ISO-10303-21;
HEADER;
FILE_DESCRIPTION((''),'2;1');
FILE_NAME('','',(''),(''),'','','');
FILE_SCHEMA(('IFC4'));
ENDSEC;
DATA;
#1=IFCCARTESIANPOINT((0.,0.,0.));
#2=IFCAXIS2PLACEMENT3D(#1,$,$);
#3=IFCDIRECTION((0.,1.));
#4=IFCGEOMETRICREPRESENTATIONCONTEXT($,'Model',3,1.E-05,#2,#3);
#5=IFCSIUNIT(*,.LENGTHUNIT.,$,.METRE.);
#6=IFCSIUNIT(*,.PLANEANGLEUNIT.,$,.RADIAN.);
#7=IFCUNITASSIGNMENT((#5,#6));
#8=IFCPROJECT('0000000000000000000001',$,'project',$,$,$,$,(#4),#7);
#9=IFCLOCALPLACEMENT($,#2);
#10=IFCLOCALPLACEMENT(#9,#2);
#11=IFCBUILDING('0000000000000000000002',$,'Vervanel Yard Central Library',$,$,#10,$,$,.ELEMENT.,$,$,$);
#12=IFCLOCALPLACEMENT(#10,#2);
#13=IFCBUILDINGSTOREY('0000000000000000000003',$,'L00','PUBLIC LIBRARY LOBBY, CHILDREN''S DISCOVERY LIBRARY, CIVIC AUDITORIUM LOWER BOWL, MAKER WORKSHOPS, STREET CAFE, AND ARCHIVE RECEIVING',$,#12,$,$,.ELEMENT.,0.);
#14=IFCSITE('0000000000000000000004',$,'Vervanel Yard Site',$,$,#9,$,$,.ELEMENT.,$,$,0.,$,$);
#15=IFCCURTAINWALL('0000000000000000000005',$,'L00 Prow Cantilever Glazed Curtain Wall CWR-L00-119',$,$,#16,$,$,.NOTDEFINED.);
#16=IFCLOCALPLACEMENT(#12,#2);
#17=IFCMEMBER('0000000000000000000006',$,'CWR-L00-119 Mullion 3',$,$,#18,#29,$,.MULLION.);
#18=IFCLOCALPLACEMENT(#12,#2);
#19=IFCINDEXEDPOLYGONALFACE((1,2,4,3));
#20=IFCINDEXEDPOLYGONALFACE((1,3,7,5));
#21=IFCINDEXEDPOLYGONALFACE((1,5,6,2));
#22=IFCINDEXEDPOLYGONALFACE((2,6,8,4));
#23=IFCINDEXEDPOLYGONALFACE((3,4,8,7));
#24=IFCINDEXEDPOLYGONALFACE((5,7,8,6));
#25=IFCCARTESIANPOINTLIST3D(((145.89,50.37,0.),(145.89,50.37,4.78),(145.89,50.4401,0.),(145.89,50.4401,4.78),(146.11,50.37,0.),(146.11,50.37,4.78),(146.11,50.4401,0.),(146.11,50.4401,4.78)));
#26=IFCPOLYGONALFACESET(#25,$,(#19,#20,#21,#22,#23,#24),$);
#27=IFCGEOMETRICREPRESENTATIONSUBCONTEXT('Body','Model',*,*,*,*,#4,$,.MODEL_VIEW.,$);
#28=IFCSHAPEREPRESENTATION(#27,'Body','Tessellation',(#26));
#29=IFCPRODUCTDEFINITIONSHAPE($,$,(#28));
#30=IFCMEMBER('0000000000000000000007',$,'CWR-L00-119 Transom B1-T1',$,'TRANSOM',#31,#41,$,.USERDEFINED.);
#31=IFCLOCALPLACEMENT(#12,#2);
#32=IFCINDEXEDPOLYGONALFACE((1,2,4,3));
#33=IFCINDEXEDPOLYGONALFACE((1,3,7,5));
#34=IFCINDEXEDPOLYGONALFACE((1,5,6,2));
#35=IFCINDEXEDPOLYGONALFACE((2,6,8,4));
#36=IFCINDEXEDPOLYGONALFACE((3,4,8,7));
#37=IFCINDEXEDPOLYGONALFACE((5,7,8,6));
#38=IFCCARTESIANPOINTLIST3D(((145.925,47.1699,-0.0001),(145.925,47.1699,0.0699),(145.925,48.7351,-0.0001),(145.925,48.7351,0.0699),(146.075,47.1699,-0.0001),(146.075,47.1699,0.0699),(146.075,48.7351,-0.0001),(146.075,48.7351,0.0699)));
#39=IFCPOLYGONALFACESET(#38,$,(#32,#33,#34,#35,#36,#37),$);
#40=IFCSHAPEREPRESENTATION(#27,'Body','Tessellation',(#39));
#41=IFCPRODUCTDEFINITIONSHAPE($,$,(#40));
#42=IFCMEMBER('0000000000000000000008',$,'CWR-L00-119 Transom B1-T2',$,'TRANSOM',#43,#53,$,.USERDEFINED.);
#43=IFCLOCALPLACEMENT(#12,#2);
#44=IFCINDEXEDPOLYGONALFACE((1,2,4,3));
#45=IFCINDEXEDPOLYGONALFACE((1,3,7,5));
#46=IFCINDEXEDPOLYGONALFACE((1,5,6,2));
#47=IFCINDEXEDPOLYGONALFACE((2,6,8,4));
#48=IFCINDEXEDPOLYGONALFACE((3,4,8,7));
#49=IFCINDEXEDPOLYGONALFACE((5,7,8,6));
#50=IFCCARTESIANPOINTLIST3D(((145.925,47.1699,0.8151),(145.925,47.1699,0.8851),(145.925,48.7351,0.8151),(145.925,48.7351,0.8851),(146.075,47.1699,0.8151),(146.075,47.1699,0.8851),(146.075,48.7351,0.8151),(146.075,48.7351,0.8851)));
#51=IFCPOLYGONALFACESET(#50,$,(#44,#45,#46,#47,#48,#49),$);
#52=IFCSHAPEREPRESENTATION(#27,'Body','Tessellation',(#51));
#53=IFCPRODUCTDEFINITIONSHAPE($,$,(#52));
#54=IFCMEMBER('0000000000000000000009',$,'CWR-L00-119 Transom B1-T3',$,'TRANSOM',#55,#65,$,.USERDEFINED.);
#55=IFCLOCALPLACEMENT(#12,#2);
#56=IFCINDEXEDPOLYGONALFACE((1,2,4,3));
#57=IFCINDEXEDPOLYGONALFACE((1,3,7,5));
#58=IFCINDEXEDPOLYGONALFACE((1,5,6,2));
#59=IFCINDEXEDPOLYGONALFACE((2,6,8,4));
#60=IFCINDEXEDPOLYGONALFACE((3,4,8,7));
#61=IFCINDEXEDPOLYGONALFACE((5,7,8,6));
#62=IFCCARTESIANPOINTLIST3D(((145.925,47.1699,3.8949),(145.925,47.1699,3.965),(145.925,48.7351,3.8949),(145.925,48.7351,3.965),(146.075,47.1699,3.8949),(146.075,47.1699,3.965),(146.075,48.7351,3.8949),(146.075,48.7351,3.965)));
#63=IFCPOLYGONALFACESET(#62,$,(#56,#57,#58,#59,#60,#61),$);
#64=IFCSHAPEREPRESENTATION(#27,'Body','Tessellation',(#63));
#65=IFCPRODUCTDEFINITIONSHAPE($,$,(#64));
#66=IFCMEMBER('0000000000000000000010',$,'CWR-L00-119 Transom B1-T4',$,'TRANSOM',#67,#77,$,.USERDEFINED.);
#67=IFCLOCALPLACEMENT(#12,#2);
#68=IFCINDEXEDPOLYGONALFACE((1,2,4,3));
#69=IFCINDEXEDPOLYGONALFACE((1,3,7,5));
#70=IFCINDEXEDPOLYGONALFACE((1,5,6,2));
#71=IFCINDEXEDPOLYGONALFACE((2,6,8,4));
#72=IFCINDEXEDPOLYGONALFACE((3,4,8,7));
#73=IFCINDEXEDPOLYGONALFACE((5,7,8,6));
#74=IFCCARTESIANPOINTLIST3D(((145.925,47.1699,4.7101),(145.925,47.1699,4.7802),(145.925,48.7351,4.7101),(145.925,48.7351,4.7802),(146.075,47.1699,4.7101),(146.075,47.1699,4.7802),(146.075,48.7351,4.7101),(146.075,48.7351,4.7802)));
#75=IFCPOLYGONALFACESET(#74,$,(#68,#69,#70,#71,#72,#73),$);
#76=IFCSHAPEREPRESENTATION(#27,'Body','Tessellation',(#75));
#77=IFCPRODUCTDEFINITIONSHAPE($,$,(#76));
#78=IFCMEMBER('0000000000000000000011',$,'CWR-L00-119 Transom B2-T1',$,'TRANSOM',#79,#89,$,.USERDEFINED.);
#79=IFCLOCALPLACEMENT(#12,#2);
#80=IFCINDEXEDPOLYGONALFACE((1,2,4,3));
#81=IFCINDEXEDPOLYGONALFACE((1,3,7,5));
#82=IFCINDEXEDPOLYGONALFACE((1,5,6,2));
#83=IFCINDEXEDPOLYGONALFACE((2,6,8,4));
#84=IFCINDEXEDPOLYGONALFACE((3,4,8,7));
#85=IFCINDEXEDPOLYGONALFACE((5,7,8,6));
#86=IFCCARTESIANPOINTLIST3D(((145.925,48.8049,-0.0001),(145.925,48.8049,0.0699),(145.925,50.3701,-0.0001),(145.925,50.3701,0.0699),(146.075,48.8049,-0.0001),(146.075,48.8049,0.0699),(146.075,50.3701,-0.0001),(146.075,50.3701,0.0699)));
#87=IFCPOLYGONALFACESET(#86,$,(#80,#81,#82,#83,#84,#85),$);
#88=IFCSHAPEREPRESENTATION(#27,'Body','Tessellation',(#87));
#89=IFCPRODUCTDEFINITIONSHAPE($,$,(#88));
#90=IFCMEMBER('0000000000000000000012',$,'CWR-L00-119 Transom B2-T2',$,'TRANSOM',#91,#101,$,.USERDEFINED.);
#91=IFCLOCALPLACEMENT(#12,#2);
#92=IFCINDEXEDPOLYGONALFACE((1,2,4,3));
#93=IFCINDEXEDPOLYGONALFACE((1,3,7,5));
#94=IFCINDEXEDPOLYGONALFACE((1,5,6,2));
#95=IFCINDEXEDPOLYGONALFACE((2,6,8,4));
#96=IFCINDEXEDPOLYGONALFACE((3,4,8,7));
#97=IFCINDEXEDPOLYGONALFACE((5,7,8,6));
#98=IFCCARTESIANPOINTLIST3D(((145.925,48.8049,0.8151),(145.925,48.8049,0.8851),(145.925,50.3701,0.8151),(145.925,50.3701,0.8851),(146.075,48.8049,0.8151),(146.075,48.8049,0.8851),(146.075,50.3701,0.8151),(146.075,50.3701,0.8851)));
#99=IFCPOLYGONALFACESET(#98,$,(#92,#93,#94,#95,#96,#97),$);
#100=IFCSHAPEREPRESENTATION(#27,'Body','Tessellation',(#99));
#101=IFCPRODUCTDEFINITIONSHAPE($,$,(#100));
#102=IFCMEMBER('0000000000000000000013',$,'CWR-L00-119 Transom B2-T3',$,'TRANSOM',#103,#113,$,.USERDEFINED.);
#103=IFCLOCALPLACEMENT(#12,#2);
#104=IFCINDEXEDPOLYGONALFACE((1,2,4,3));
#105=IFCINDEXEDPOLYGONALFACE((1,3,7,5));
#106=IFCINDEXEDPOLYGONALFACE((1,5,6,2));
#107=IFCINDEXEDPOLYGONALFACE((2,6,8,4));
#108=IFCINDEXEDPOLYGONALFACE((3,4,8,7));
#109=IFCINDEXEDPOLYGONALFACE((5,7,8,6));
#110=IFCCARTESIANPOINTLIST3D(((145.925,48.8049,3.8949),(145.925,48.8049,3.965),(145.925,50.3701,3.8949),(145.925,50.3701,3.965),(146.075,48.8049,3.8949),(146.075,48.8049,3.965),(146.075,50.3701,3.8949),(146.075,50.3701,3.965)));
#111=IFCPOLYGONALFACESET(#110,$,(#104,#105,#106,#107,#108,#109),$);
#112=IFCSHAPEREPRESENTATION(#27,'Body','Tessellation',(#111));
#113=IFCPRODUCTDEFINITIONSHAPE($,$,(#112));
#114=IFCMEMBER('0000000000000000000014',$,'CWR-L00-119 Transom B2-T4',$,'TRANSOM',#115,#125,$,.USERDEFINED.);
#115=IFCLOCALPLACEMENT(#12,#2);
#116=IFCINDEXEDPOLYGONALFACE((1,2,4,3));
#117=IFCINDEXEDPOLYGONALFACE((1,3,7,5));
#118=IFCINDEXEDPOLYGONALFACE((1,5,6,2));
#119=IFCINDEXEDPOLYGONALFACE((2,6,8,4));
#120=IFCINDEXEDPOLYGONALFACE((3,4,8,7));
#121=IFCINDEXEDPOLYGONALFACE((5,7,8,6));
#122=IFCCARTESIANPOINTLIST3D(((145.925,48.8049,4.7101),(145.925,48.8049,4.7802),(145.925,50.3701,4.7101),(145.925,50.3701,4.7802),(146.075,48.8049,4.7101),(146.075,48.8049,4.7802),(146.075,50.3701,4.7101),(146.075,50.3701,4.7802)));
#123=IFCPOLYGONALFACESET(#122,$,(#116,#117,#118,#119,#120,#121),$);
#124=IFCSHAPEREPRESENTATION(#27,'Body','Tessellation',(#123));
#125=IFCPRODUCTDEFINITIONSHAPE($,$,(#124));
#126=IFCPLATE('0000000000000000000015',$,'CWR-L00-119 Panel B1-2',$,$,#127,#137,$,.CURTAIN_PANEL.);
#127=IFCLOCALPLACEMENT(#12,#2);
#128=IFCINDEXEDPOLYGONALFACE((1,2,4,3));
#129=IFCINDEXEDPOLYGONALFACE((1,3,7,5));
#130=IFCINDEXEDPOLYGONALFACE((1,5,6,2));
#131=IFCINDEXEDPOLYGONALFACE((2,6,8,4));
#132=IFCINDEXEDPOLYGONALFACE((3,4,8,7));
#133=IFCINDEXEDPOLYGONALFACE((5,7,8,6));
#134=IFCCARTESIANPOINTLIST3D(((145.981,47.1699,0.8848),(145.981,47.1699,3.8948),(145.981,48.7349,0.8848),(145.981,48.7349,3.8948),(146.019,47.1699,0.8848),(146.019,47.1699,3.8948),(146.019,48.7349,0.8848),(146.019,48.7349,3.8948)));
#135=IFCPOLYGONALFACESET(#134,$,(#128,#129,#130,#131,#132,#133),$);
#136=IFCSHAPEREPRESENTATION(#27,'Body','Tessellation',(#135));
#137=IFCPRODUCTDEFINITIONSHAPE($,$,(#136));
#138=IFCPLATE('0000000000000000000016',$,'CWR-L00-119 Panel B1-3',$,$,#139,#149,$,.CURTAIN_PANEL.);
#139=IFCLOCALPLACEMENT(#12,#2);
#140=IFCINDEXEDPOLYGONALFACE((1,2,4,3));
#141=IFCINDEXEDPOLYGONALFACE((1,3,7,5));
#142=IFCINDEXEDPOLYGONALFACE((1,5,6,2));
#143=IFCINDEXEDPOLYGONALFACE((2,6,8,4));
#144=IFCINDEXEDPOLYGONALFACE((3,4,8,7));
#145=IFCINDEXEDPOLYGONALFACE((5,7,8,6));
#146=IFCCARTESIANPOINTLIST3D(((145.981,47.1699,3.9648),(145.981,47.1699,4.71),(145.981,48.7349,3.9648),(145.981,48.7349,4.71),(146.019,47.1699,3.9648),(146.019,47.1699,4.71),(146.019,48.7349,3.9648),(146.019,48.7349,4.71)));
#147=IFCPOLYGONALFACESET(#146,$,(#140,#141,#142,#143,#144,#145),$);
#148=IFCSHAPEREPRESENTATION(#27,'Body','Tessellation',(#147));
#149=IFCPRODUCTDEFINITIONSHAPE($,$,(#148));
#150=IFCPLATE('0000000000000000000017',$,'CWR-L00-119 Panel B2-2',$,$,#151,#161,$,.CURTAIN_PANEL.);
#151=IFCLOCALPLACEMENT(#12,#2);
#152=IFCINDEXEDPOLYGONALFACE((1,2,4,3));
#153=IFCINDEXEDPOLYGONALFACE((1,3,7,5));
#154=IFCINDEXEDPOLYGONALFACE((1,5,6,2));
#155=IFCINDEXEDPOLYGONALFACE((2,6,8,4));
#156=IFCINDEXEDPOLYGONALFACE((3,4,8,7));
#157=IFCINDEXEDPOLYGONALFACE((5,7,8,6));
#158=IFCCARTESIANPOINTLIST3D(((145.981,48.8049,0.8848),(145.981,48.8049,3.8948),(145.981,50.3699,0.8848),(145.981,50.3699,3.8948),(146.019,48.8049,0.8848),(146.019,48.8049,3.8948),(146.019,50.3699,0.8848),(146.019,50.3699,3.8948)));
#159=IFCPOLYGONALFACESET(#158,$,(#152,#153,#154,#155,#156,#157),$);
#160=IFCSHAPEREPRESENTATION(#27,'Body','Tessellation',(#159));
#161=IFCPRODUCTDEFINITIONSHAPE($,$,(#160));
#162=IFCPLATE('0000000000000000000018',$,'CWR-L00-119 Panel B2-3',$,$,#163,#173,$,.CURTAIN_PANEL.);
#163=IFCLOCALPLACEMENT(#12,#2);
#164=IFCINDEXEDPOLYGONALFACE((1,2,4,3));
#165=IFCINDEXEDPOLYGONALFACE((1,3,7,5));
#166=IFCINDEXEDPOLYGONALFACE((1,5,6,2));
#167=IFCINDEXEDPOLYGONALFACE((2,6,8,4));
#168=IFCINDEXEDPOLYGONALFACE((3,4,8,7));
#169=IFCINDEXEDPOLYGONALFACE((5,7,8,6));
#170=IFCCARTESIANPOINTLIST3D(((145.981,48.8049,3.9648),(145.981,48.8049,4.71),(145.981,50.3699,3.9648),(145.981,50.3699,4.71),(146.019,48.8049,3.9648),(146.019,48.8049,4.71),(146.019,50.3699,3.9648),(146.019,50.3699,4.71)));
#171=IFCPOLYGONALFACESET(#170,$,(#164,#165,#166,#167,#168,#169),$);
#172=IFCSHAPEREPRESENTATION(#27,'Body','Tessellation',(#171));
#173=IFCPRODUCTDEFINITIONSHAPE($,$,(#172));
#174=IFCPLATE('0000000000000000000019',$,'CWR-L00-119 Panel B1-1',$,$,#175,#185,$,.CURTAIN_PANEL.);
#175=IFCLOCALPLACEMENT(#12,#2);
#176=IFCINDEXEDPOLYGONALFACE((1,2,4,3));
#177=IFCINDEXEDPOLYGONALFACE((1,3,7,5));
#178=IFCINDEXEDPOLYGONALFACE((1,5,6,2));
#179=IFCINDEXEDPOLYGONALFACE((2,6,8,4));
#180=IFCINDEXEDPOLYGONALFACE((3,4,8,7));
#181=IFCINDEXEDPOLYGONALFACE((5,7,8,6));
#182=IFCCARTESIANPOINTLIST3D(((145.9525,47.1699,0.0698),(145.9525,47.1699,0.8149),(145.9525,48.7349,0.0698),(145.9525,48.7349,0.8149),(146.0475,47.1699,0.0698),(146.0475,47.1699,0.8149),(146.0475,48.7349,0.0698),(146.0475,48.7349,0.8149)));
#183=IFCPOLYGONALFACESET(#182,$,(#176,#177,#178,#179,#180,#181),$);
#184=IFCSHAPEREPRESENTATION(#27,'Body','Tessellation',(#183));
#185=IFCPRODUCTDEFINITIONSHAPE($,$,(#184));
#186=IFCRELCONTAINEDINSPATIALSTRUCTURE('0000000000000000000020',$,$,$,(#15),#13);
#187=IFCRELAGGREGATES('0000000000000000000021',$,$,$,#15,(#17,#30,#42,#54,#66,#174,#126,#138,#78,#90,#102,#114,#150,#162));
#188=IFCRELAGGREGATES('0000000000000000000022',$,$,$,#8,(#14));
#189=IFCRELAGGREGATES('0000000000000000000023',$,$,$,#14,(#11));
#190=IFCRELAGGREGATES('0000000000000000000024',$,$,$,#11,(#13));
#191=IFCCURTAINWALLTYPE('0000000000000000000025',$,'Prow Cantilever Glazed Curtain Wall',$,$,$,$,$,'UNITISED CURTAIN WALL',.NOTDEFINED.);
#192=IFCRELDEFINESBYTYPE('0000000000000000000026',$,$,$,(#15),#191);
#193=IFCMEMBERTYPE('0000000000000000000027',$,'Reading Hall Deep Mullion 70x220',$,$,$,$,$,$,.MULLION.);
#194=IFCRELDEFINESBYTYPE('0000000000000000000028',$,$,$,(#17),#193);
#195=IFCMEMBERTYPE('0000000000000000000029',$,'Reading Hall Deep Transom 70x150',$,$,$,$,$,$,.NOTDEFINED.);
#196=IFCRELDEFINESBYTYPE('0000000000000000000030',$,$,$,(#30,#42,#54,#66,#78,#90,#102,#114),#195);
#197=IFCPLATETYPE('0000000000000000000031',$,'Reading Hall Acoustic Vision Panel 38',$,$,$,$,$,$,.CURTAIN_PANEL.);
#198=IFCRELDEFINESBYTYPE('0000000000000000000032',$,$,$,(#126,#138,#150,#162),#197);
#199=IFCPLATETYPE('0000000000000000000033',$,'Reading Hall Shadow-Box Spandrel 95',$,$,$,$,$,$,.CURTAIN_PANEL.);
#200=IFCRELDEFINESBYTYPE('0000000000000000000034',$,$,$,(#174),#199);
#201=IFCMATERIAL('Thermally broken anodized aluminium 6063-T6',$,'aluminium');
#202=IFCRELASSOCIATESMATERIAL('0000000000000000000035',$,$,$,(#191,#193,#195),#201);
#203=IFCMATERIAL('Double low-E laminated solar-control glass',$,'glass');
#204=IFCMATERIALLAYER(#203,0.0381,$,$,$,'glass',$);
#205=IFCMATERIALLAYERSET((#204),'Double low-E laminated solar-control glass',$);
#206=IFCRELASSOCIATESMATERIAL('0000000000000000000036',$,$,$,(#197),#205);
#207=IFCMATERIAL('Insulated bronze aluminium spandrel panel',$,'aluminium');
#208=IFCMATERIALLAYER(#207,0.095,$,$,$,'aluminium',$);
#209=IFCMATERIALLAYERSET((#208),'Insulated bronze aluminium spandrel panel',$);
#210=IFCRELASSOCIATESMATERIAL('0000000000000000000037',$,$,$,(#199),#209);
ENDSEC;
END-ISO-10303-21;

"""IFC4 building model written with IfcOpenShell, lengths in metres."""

from ifc_helpers import new_model, si_unit, direction, frame, origin, origin_2d, place, context, subcontext, project, spatial, rectangle, extrude, material, layer, layer_set, material_profile, profile_set, type_object, element, aggregate, save


model = new_model("IFC4")

# Units and contexts
model_context = context("Model", 3, precision=1e-05, world=origin(), true_north=direction((0.0, 1.0)))
body_context = subcontext(model_context, "Body", "Model", "MODEL_VIEW")
ifc_project = project(units=[si_unit("LENGTHUNIT", "METRE"), si_unit("PLANEANGLEUNIT", "RADIAN")], contexts=[model_context])

# Site, building, storey
site_placement = place(None, origin())
site = spatial("IfcSite", under=ifc_project, at=site_placement, Name="Vervanel Yard Site", CompositionType="ELEMENT", RefElevation=0.0)
building_placement = place(site_placement, origin())
building = spatial("IfcBuilding", under=site, at=building_placement, Name="Vervanel Yard Central Library", CompositionType="ELEMENT")
storey_placement = place(building_placement, origin())
storey = spatial("IfcBuildingStorey", under=building, at=storey_placement, Name="L00", Description="PUBLIC LIBRARY LOBBY, CHILDREN'S DISCOVERY LIBRARY, CIVIC AUDITORIUM LOWER BOWL, MAKER WORKSHOPS, STREET CAFE, AND ARCHIVE RECEIVING", CompositionType="ELEMENT", Elevation=0.0)

# Curtain wall, members, plates
ifc_material_1 = material(Name="Thermally broken anodized aluminium 6063-T6", Category="aluminium")
curtain_wall_type = type_object("IfcCurtainWallType", Name="Prow Cantilever Glazed Curtain Wall", ElementType="UNITISED CURTAIN WALL", PredefinedType="NOTDEFINED", material=ifc_material_1)
curtain_wall_placement = place(storey_placement, origin())
curtain_wall = element("IfcCurtainWall", 1, at=curtain_wall_placement, inside=storey, type_object=curtain_wall_type, Name="L00 Prow Cantilever Glazed Curtain Wall CWR-L00-119", PredefinedType="NOTDEFINED")
ifc_material_profile_1 = material_profile(ifc_material_1, rectangle(XDim=0.0701, YDim=0.22, at=origin_2d()), Name="ALU 70x220", Category="aluminium")
ifc_profile_set_1 = profile_set([ifc_material_profile_1], Name="Thermally broken anodized aluminium 6063-T6")
member_type_1 = type_object("IfcMemberType", Name="Reading Hall Deep Mullion 70x220", PredefinedType="MULLION", material=ifc_profile_set_1)
member_1_placement = place(storey_placement, frame((146.0, 50.405, 0.0), z_axis=(0.0, 0.0, 1.0), x_axis=(0.0, 1.0, 0.0)))
member_1 = element("IfcMember", 2, at=member_1_placement, type_object=member_type_1, Name="CWR-L00-119 Mullion 3", PredefinedType="MULLION", context=body_context, shape_type="SweptSolid", body=[
    extrude(rectangle(XDim=0.0701, YDim=0.22, at=origin_2d()), origin(), (0.0, 0.0, 1.0), 4.78),
])
ifc_material_profile_2 = material_profile(ifc_material_1, rectangle(XDim=0.0701, YDim=0.1499, at=origin_2d()), Name="ALU 70x150", Category="aluminium")
ifc_profile_set_2 = profile_set([ifc_material_profile_2], Name="Thermally broken anodized aluminium 6063-T6")
member_type_2 = type_object("IfcMemberType", Name="Reading Hall Deep Transom 70x150", PredefinedType="NOTDEFINED", material=ifc_profile_set_2)
member_2_placement = place(storey_placement, frame((146.0, 47.1699, 0.0349), z_axis=(0.0, 1.0, 0.0), x_axis=(0.0, 0.0, 1.0)))
member_2 = element("IfcMember", 3, at=member_2_placement, type_object=member_type_2, Name="CWR-L00-119 Transom B1-T1", ObjectType="TRANSOM", PredefinedType="USERDEFINED", context=body_context, shape_type="SweptSolid", body=[
    extrude(rectangle(XDim=0.0701, YDim=0.1499, at=origin_2d()), origin(), (0.0, 0.0, 1.0), 1.5652),
])
member_3_placement = place(storey_placement, frame((146.0, 47.1699, 0.8501), z_axis=(0.0, 1.0, 0.0), x_axis=(0.0, 0.0, 1.0)))
member_3 = element("IfcMember", 4, at=member_3_placement, type_object=member_type_2, Name="CWR-L00-119 Transom B1-T2", ObjectType="TRANSOM", PredefinedType="USERDEFINED", context=body_context, shape_type="SweptSolid", body=[
    extrude(rectangle(XDim=0.0701, YDim=0.1499, at=origin_2d()), origin(), (0.0, 0.0, 1.0), 1.5652),
])
member_4_placement = place(storey_placement, frame((146.0, 47.1699, 3.9299), z_axis=(0.0, 1.0, 0.0), x_axis=(0.0, 0.0, 1.0)))
member_4 = element("IfcMember", 5, at=member_4_placement, type_object=member_type_2, Name="CWR-L00-119 Transom B1-T3", ObjectType="TRANSOM", PredefinedType="USERDEFINED", context=body_context, shape_type="SweptSolid", body=[
    extrude(rectangle(XDim=0.0701, YDim=0.1499, at=origin_2d()), origin(), (0.0, 0.0, 1.0), 1.5652),
])
member_5_placement = place(storey_placement, frame((146.0, 47.1699, 4.7451), z_axis=(0.0, 1.0, 0.0), x_axis=(0.0, 0.0, 1.0)))
member_5 = element("IfcMember", 6, at=member_5_placement, type_object=member_type_2, Name="CWR-L00-119 Transom B1-T4", ObjectType="TRANSOM", PredefinedType="USERDEFINED", context=body_context, shape_type="SweptSolid", body=[
    extrude(rectangle(XDim=0.0701, YDim=0.1499, at=origin_2d()), origin(), (0.0, 0.0, 1.0), 1.5652),
])
member_6_placement = place(storey_placement, frame((146.0, 48.8049, 0.0349), z_axis=(0.0, 1.0, 0.0), x_axis=(0.0, 0.0, 1.0)))
member_6 = element("IfcMember", 7, at=member_6_placement, type_object=member_type_2, Name="CWR-L00-119 Transom B2-T1", ObjectType="TRANSOM", PredefinedType="USERDEFINED", context=body_context, shape_type="SweptSolid", body=[
    extrude(rectangle(XDim=0.0701, YDim=0.1499, at=origin_2d()), origin(), (0.0, 0.0, 1.0), 1.5652),
])
member_7_placement = place(storey_placement, frame((146.0, 48.8049, 0.8501), z_axis=(0.0, 1.0, 0.0), x_axis=(0.0, 0.0, 1.0)))
member_7 = element("IfcMember", 8, at=member_7_placement, type_object=member_type_2, Name="CWR-L00-119 Transom B2-T2", ObjectType="TRANSOM", PredefinedType="USERDEFINED", context=body_context, shape_type="SweptSolid", body=[
    extrude(rectangle(XDim=0.0701, YDim=0.1499, at=origin_2d()), origin(), (0.0, 0.0, 1.0), 1.5652),
])
member_8_placement = place(storey_placement, frame((146.0, 48.8049, 3.9299), z_axis=(0.0, 1.0, 0.0), x_axis=(0.0, 0.0, 1.0)))
member_8 = element("IfcMember", 9, at=member_8_placement, type_object=member_type_2, Name="CWR-L00-119 Transom B2-T3", ObjectType="TRANSOM", PredefinedType="USERDEFINED", context=body_context, shape_type="SweptSolid", body=[
    extrude(rectangle(XDim=0.0701, YDim=0.1499, at=origin_2d()), origin(), (0.0, 0.0, 1.0), 1.5652),
])
member_9_placement = place(storey_placement, frame((146.0, 48.8049, 4.7451), z_axis=(0.0, 1.0, 0.0), x_axis=(0.0, 0.0, 1.0)))
member_9 = element("IfcMember", 10, at=member_9_placement, type_object=member_type_2, Name="CWR-L00-119 Transom B2-T4", ObjectType="TRANSOM", PredefinedType="USERDEFINED", context=body_context, shape_type="SweptSolid", body=[
    extrude(rectangle(XDim=0.0701, YDim=0.1499, at=origin_2d()), origin(), (0.0, 0.0, 1.0), 1.5652),
])
ifc_material_2 = material(Name="Double low-E laminated solar-control glass", Category="glass")
ifc_layer_1 = layer(ifc_material_2, 0.0381, Category="glass")
ifc_layer_set_1 = layer_set([ifc_layer_1], Name="Double low-E laminated solar-control glass")
plate_type_1 = type_object("IfcPlateType", Name="Reading Hall Acoustic Vision Panel 38", PredefinedType="CURTAIN_PANEL", material=ifc_layer_set_1)
plate_1_placement = place(storey_placement, frame((146.0, 47.9524, 0.8848), z_axis=(0.0, 0.0, 1.0), x_axis=(0.0, 1.0, 0.0)))
plate_1 = element("IfcPlate", 11, at=plate_1_placement, type_object=plate_type_1, Name="CWR-L00-119 Panel B1-2", PredefinedType="CURTAIN_PANEL", context=body_context, shape_type="SweptSolid", body=[
    extrude(rectangle(XDim=1.5649, YDim=0.0381, at=origin_2d()), origin(), (0.0, 0.0, 1.0), 3.01),
])
plate_2_placement = place(storey_placement, frame((146.0, 47.9524, 3.9648), z_axis=(0.0, 0.0, 1.0), x_axis=(0.0, 1.0, 0.0)))
plate_2 = element("IfcPlate", 12, at=plate_2_placement, type_object=plate_type_1, Name="CWR-L00-119 Panel B1-3", PredefinedType="CURTAIN_PANEL", context=body_context, shape_type="SweptSolid", body=[
    extrude(rectangle(XDim=1.5649, YDim=0.0381, at=origin_2d()), origin(), (0.0, 0.0, 1.0), 0.7451),
])
plate_3_placement = place(storey_placement, frame((146.0, 49.5874, 0.8848), z_axis=(0.0, 0.0, 1.0), x_axis=(0.0, 1.0, 0.0)))
plate_3 = element("IfcPlate", 13, at=plate_3_placement, type_object=plate_type_1, Name="CWR-L00-119 Panel B2-2", PredefinedType="CURTAIN_PANEL", context=body_context, shape_type="SweptSolid", body=[
    extrude(rectangle(XDim=1.5649, YDim=0.0381, at=origin_2d()), origin(), (0.0, 0.0, 1.0), 3.01),
])
plate_4_placement = place(storey_placement, frame((146.0, 49.5874, 3.9648), z_axis=(0.0, 0.0, 1.0), x_axis=(0.0, 1.0, 0.0)))
plate_4 = element("IfcPlate", 14, at=plate_4_placement, type_object=plate_type_1, Name="CWR-L00-119 Panel B2-3", PredefinedType="CURTAIN_PANEL", context=body_context, shape_type="SweptSolid", body=[
    extrude(rectangle(XDim=1.5649, YDim=0.0381, at=origin_2d()), origin(), (0.0, 0.0, 1.0), 0.7451),
])
ifc_material_3 = material(Name="Insulated bronze aluminium spandrel panel", Category="aluminium")
ifc_layer_2 = layer(ifc_material_3, 0.095, Category="aluminium")
ifc_layer_set_2 = layer_set([ifc_layer_2], Name="Insulated bronze aluminium spandrel panel")
plate_type_2 = type_object("IfcPlateType", Name="Reading Hall Shadow-Box Spandrel 95", PredefinedType="CURTAIN_PANEL", material=ifc_layer_set_2)
plate_5_placement = place(storey_placement, frame((146.0, 47.9524, 0.0698), z_axis=(0.0, 0.0, 1.0), x_axis=(0.0, 1.0, 0.0)))
plate_5 = element("IfcPlate", 15, at=plate_5_placement, type_object=plate_type_2, Name="CWR-L00-119 Panel B1-1", PredefinedType="CURTAIN_PANEL", context=body_context, shape_type="SweptSolid", body=[
    extrude(rectangle(XDim=1.5649, YDim=0.095, at=origin_2d()), origin(), (0.0, 0.0, 1.0), 0.7451),
])
aggregate(curtain_wall, [member_1, member_2, member_3, member_4, member_5, plate_5, plate_1, plate_2, member_6, member_7, member_8, member_9, plate_3, plate_4])

save(model, "model.ifc")
